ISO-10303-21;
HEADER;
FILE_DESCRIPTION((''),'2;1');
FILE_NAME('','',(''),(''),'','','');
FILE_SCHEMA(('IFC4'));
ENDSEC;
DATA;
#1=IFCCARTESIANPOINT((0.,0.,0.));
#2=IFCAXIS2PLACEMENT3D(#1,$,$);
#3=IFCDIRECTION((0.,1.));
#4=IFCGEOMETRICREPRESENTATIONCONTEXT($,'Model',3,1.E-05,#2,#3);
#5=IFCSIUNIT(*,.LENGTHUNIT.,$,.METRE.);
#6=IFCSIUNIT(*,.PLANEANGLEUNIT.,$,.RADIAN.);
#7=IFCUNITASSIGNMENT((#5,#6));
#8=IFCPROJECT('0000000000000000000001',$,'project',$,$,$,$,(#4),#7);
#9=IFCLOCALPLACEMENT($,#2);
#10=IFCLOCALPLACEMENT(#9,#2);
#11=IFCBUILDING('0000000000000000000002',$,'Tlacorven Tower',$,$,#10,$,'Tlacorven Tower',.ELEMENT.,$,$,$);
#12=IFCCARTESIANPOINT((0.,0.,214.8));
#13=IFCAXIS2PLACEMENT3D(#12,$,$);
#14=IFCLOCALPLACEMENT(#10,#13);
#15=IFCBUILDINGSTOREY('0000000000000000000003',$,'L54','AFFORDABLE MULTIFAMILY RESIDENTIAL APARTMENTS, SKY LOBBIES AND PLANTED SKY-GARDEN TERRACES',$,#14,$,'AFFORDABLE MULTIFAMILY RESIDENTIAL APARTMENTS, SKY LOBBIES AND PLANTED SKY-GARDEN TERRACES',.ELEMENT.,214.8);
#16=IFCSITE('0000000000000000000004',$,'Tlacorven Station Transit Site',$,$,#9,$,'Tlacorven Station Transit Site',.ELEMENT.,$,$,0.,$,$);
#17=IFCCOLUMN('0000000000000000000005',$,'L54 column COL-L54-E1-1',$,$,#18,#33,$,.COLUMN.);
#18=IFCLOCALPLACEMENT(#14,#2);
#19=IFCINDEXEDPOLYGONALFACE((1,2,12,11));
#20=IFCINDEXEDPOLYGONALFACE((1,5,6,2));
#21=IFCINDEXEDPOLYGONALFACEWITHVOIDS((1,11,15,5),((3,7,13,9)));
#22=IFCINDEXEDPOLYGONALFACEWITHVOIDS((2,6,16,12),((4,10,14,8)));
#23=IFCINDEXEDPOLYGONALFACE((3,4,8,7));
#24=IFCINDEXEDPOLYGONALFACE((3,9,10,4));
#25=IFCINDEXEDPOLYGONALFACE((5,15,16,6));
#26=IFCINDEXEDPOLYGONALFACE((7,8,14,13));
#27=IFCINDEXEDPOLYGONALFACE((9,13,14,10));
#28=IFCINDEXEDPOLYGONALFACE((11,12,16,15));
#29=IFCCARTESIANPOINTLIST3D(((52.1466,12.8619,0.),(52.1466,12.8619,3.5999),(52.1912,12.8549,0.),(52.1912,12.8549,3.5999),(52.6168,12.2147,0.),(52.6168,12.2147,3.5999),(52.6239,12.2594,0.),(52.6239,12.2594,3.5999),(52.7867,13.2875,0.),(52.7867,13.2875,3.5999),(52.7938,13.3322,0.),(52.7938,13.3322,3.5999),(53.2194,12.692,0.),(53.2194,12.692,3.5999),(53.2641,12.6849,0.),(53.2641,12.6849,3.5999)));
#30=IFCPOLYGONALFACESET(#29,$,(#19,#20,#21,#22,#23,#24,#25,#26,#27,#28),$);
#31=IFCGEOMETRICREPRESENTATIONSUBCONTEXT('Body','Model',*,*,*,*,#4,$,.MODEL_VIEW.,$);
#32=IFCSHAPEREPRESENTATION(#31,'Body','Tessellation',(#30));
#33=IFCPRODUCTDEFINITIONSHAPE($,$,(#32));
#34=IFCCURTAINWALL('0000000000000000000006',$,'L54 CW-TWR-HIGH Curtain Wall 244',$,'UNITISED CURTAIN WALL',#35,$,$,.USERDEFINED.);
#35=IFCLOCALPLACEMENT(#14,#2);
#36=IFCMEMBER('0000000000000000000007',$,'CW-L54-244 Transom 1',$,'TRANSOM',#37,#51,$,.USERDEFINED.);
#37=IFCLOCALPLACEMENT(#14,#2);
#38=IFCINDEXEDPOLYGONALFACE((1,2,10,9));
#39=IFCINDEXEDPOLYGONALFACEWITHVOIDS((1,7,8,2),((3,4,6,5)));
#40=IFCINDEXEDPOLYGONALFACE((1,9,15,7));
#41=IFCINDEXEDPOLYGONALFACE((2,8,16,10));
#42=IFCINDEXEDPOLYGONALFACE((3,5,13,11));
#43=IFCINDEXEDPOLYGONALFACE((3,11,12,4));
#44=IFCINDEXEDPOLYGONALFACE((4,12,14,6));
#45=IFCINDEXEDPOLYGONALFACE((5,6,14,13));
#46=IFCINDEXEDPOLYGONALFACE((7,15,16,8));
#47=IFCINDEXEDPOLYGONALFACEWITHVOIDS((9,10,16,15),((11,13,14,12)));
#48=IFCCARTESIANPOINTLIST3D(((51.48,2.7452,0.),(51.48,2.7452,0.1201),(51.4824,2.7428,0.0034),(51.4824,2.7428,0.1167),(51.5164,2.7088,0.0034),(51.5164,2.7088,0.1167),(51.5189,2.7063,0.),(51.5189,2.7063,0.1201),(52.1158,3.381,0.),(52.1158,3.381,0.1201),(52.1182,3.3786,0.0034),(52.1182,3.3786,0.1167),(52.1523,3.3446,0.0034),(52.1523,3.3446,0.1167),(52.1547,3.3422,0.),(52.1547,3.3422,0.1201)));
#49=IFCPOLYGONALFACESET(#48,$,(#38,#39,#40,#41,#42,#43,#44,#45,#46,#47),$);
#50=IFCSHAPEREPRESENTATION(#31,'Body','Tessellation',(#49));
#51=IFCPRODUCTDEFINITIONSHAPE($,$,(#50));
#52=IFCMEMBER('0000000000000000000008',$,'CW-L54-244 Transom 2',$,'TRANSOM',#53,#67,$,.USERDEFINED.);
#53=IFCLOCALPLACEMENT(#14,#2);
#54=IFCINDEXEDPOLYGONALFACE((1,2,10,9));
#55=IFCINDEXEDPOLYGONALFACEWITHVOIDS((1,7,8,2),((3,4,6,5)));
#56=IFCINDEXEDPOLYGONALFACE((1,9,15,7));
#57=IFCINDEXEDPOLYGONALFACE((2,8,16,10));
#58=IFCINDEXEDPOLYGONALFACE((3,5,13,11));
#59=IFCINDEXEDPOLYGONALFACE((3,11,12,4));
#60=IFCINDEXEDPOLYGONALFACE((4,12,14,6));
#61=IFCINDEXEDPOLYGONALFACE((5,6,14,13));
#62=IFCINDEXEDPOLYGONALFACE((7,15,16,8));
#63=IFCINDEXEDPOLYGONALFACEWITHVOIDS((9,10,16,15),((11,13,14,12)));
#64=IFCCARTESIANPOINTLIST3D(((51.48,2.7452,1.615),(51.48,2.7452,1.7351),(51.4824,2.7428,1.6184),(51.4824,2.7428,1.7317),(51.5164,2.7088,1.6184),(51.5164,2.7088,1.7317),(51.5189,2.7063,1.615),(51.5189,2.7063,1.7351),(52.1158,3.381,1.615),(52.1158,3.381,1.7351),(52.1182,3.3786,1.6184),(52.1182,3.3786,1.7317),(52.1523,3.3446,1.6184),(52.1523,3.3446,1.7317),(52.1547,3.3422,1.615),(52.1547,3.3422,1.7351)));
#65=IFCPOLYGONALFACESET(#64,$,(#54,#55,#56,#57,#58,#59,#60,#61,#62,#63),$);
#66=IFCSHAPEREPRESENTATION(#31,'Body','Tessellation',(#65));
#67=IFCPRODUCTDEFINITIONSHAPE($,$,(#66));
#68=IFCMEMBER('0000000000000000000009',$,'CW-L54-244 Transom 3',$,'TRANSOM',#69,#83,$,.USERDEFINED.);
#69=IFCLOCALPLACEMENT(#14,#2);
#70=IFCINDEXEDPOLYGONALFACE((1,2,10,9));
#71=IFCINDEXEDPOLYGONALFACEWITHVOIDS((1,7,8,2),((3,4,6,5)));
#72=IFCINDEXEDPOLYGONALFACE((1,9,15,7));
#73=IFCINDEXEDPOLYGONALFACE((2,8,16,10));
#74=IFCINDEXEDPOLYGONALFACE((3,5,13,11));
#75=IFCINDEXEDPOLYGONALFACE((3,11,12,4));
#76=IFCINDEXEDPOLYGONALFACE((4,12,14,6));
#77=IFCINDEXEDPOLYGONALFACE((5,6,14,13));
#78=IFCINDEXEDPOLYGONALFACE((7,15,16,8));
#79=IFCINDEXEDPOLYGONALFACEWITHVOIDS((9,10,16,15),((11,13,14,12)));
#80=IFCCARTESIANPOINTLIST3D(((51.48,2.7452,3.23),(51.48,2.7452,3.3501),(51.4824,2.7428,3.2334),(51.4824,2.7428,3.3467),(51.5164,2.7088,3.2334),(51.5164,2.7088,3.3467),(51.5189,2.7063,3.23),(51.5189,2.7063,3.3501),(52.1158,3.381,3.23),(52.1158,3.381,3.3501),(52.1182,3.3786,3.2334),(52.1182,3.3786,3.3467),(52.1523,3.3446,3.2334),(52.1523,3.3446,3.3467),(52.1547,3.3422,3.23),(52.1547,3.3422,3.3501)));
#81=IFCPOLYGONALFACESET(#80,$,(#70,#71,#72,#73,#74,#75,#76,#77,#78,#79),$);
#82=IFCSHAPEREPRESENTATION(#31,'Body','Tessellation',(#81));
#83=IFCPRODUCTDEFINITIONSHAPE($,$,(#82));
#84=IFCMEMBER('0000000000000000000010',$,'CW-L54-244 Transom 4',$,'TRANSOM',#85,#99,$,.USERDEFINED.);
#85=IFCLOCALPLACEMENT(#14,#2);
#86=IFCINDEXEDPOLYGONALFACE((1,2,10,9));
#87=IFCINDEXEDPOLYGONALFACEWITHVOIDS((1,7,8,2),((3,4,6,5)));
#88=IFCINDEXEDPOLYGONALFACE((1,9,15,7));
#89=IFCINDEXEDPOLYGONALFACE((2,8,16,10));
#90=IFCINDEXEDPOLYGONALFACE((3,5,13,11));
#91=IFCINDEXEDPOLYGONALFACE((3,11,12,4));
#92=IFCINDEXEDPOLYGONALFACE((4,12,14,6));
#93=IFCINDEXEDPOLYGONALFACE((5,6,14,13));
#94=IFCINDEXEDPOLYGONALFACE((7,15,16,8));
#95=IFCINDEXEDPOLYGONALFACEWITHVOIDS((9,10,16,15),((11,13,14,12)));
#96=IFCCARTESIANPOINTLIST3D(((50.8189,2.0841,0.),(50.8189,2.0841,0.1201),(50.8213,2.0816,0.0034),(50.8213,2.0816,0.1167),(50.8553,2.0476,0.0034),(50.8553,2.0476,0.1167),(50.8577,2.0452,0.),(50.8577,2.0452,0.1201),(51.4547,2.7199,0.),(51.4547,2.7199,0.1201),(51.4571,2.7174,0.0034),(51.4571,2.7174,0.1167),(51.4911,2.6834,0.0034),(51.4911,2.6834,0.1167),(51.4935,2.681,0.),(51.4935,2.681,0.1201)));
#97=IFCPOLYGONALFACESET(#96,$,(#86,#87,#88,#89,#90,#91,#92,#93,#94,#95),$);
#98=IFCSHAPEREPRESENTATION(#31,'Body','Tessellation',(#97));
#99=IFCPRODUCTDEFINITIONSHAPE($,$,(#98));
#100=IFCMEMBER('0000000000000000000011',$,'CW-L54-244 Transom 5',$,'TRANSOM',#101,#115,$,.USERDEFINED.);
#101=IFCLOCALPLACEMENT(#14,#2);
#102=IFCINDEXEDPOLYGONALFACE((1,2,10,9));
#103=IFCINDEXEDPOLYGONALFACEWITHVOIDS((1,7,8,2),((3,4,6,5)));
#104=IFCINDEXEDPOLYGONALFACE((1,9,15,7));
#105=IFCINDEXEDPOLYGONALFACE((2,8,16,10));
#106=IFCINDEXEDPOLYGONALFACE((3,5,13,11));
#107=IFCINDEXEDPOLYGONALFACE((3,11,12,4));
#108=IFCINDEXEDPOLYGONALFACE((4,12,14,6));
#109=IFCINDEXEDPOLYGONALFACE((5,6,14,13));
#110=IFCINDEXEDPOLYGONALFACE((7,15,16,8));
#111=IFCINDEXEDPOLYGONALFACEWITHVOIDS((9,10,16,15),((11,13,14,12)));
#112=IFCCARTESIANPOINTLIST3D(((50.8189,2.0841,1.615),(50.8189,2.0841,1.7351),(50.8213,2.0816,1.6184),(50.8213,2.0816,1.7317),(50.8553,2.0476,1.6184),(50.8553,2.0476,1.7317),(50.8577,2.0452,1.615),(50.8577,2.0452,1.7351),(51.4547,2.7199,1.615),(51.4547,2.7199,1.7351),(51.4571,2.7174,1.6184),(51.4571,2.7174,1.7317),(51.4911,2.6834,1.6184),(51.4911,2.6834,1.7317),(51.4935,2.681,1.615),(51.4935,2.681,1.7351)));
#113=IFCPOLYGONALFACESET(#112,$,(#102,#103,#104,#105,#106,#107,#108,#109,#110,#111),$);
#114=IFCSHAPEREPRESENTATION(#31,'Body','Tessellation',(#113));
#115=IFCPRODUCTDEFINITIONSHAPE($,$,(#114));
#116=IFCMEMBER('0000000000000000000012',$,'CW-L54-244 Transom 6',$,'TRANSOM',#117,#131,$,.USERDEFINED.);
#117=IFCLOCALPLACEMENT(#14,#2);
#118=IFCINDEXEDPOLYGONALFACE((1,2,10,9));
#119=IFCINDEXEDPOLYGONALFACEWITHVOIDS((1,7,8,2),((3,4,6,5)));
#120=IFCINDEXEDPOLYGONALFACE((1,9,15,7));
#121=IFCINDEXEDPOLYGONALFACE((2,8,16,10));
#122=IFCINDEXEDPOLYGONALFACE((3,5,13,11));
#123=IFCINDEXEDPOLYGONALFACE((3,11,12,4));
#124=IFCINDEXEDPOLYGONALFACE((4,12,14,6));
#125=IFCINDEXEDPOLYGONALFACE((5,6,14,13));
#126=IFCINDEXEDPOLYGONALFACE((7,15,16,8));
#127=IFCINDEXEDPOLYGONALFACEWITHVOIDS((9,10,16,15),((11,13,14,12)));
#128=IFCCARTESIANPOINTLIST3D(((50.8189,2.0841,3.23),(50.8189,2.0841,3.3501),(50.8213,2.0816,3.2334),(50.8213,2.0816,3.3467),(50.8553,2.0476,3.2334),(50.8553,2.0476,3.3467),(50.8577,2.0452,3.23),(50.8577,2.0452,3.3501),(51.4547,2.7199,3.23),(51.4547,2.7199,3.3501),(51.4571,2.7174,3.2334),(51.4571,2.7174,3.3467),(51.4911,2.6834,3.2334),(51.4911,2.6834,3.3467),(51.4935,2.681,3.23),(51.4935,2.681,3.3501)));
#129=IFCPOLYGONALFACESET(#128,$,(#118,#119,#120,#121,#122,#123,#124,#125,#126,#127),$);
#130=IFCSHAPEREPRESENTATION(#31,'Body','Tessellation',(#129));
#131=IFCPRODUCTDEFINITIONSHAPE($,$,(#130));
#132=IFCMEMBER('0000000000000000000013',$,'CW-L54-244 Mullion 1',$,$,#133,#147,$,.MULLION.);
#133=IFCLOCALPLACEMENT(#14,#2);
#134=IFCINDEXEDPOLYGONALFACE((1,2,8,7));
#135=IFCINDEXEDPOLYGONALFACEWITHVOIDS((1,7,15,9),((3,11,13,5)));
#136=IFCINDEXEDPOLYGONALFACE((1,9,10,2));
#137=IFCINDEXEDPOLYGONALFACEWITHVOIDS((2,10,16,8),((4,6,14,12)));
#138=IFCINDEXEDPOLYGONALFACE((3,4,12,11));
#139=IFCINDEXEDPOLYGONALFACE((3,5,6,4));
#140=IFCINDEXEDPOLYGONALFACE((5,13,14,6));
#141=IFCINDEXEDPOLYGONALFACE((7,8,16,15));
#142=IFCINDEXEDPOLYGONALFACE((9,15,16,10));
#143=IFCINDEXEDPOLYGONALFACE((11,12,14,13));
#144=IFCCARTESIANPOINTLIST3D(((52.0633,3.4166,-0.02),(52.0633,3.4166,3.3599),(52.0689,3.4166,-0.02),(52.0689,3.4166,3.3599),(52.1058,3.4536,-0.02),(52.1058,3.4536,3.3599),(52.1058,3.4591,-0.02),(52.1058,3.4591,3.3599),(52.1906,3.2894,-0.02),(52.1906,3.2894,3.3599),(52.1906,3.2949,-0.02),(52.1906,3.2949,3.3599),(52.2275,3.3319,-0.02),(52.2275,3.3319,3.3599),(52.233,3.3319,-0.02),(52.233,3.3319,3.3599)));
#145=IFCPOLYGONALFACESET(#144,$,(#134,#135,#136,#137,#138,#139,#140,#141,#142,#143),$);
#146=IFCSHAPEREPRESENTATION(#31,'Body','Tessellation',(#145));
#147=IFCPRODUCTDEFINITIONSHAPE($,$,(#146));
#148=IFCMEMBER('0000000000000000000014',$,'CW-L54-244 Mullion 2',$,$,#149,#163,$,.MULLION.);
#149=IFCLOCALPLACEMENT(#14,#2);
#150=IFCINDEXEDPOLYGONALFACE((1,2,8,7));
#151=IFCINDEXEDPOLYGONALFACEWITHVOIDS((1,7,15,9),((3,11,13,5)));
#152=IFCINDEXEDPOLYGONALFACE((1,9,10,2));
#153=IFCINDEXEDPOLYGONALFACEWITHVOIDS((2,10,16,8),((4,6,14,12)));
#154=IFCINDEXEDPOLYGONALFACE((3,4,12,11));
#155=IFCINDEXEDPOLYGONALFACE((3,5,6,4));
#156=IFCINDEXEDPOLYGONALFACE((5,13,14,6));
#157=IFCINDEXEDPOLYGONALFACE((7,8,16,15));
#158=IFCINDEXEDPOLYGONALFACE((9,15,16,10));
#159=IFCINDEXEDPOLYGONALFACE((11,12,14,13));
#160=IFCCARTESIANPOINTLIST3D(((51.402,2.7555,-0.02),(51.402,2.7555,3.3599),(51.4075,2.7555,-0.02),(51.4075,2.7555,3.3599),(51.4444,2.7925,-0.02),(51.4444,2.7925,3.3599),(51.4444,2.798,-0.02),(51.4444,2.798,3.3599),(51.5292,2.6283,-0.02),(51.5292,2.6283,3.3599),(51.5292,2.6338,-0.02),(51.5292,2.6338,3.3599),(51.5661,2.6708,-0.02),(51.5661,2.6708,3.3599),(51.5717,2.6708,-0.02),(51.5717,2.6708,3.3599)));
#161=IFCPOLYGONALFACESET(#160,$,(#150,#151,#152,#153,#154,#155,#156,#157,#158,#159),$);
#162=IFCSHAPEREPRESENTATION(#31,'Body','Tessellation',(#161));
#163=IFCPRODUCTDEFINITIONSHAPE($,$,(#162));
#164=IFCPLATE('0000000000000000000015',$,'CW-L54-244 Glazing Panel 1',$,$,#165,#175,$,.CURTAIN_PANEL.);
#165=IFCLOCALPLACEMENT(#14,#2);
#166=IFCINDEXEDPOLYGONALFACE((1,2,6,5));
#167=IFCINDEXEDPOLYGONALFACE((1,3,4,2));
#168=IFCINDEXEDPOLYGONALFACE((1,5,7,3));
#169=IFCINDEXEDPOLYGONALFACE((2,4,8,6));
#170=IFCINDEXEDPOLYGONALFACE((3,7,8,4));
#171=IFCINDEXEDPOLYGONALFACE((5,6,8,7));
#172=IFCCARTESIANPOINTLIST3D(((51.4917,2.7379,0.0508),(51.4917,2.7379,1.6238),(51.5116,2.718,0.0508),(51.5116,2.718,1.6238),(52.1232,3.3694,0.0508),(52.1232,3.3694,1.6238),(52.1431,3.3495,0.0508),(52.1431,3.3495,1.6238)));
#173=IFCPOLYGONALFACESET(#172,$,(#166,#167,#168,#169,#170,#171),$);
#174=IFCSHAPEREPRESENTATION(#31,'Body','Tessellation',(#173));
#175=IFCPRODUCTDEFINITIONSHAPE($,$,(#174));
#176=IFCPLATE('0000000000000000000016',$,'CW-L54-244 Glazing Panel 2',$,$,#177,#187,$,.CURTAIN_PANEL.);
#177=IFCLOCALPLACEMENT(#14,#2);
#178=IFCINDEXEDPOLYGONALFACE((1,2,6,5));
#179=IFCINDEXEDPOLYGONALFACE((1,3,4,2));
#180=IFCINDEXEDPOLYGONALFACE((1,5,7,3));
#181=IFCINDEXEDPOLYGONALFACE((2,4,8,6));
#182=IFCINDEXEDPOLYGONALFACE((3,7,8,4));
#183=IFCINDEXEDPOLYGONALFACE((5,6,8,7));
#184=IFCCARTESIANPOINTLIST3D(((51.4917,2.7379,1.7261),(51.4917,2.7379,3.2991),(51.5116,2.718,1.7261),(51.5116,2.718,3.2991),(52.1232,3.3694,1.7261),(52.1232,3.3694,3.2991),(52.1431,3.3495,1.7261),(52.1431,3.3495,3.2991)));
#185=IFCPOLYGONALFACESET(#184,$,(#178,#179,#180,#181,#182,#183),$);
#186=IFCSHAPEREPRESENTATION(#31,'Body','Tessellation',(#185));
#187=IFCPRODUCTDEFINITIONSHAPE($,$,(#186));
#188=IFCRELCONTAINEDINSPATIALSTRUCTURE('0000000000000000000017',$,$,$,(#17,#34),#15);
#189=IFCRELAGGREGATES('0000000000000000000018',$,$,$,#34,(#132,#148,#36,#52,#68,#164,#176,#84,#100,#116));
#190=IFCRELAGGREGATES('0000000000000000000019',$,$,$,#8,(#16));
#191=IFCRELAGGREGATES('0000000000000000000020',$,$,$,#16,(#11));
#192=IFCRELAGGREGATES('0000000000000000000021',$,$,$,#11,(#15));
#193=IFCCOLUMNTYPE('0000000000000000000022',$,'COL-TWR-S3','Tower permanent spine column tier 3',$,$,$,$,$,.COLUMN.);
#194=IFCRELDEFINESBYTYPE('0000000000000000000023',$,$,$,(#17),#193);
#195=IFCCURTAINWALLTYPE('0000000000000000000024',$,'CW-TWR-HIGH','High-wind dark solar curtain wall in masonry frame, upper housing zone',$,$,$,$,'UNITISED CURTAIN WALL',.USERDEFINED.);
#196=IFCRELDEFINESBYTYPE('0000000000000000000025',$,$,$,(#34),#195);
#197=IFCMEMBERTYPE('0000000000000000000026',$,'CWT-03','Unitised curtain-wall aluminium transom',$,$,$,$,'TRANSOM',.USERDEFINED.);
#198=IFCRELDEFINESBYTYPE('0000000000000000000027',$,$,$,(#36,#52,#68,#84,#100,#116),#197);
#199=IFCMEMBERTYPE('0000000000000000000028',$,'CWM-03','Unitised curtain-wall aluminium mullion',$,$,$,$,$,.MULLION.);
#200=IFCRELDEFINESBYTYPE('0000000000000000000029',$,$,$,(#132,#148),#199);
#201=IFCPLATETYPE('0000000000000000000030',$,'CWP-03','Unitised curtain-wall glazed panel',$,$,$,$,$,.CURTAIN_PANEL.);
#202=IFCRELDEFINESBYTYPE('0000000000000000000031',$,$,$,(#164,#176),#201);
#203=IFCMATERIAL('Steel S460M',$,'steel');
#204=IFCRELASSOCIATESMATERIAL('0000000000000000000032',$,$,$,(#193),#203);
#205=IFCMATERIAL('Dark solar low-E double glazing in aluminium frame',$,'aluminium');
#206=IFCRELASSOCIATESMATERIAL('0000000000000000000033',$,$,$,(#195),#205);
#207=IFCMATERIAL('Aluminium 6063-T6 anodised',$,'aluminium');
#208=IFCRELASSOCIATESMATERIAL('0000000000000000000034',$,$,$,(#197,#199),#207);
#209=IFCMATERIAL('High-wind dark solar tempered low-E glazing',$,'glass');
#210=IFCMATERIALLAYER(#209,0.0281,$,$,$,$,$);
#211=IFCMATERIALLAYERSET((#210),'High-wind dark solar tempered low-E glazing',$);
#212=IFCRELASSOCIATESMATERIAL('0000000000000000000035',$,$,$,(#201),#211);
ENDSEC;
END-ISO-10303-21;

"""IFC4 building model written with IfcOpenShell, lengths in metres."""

from ifc_helpers import new_model, si_unit, direction, frame, origin, origin_2d, place, context, subcontext, project, spatial, rectangle, hollow_rectangle, extrude, source, transform, mapped, material, layer, layer_set, material_profile, profile_set, type_object, element, aggregate, save


model = new_model("IFC4")

# Units and contexts
model_context = context("Model", 3, precision=1e-05, world=origin(), true_north=direction((0.0, 1.0)))
body_context = subcontext(model_context, "Body", "Model", "MODEL_VIEW")
ifc_project = project(units=[si_unit("LENGTHUNIT", "METRE"), si_unit("PLANEANGLEUNIT", "RADIAN")], contexts=[model_context])

# Site, building, storey
site_placement = place(None, origin())
site = spatial("IfcSite", under=ifc_project, at=site_placement, Name="Tlacorven Station Transit Site", LongName="Tlacorven Station Transit Site", CompositionType="ELEMENT", RefElevation=0.0)
building_placement = place(site_placement, origin())
building = spatial("IfcBuilding", under=site, at=building_placement, Name="Tlacorven Tower", LongName="Tlacorven Tower", CompositionType="ELEMENT")
storey_placement = place(building_placement, frame((0.0, 0.0, 214.8)))
storey = spatial("IfcBuildingStorey", under=building, at=storey_placement, Name="L54", Description="AFFORDABLE MULTIFAMILY RESIDENTIAL APARTMENTS, SKY LOBBIES AND PLANTED SKY-GARDEN TERRACES", LongName="AFFORDABLE MULTIFAMILY RESIDENTIAL APARTMENTS, SKY LOBBIES AND PLANTED SKY-GARDEN TERRACES", CompositionType="ELEMENT", Elevation=214.8)

# Column
ifc_material_1 = material(Name="Steel S460M", Category="steel")
ifc_material_profile_1 = material_profile(ifc_material_1, hollow_rectangle(XDim=0.8, YDim=0.8, WallThickness=0.032, at=origin_2d()), Name="BOX 800X800X32")
ifc_profile_set_1 = profile_set([ifc_material_profile_1], Name="Steel S460M")
column_type = type_object("IfcColumnType", Name="COL-TWR-S3", Description="Tower permanent spine column tier 3", PredefinedType="COLUMN", material=ifc_profile_set_1)
shared_shape_1 = source(origin(), body_context, "Body", "SweptSolid", [
    extrude(hollow_rectangle(XDim=0.8, YDim=0.8, WallThickness=0.032, at=origin_2d()), origin(), (0.0, 0.0, 1.0), 3.5999),
])
column_placement = place(storey_placement, frame((52.7053, 12.7734, 0.0), z_axis=(0.0, 0.0, 1.0), x_axis=(0.809017, 0.587785, 0.0)))
element("IfcColumn", 1, at=column_placement, inside=storey, type_object=column_type, Name="L54 column COL-L54-E1-1", PredefinedType="COLUMN", context=body_context, shape_type="MappedRepresentation", body=[
    mapped(shared_shape_1, transform((0.0, 0.0, 0.0), scale=1.0)),
])

# Curtain wall, members, plates
ifc_material_2 = material(Name="Dark solar low-E double glazing in aluminium frame", Category="aluminium")
curtain_wall_type = type_object("IfcCurtainWallType", Name="CW-TWR-HIGH", Description="High-wind dark solar curtain wall in masonry frame, upper housing zone", ElementType="UNITISED CURTAIN WALL", PredefinedType="USERDEFINED", material=ifc_material_2)
curtain_wall_placement = place(storey_placement, origin())
curtain_wall = element("IfcCurtainWall", 2, at=curtain_wall_placement, inside=storey, type_object=curtain_wall_type, Name="L54 CW-TWR-HIGH Curtain Wall 244", ObjectType="UNITISED CURTAIN WALL", PredefinedType="USERDEFINED")
ifc_material_3 = material(Name="Aluminium 6063-T6 anodised", Category="aluminium")
ifc_material_profile_2 = material_profile(ifc_material_3, hollow_rectangle(XDim=0.0549, YDim=0.1201, WallThickness=0.0034, at=origin_2d()), Name="ALU TRANSOM 55X120")
ifc_profile_set_2 = profile_set([ifc_material_profile_2], Name="Aluminium 6063-T6 anodised")
member_type_1 = type_object("IfcMemberType", Name="CWT-03", Description="Unitised curtain-wall aluminium transom", ElementType="TRANSOM", PredefinedType="USERDEFINED", material=ifc_profile_set_2)
shared_shape_2 = source(origin(), body_context, "Body", "SweptSolid", [
    extrude(hollow_rectangle(XDim=0.0549, YDim=0.1201, WallThickness=0.0034, at=origin_2d()), origin(), (0.0, 0.0, 1.0), 0.8992),
])
member_1_placement = place(storey_placement, frame((52.1353, 3.3616, 0.0601), z_axis=(-0.707107, -0.707107, 0.0), x_axis=(0.707107, -0.707107, 0.0)))
member_1 = element("IfcMember", 3, at=member_1_placement, type_object=member_type_1, Name="CW-L54-244 Transom 1", ObjectType="TRANSOM", PredefinedType="USERDEFINED", context=body_context, shape_type="MappedRepresentation", body=[
    mapped(shared_shape_2, transform((0.0, 0.0, 0.0), scale=1.0)),
])
member_2_placement = place(storey_placement, frame((52.1353, 3.3616, 1.675), z_axis=(-0.707107, -0.707107, 0.0), x_axis=(0.707107, -0.707107, 0.0)))
member_2 = element("IfcMember", 4, at=member_2_placement, type_object=member_type_1, Name="CW-L54-244 Transom 2", ObjectType="TRANSOM", PredefinedType="USERDEFINED", context=body_context, shape_type="MappedRepresentation", body=[
    mapped(shared_shape_2, transform((0.0, 0.0, 0.0), scale=1.0)),
])
member_3_placement = place(storey_placement, frame((52.1353, 3.3616, 3.29), z_axis=(-0.707107, -0.707107, 0.0), x_axis=(0.707107, -0.707107, 0.0)))
member_3 = element("IfcMember", 5, at=member_3_placement, type_object=member_type_1, Name="CW-L54-244 Transom 3", ObjectType="TRANSOM", PredefinedType="USERDEFINED", context=body_context, shape_type="MappedRepresentation", body=[
    mapped(shared_shape_2, transform((0.0, 0.0, 0.0), scale=1.0)),
])
member_4_placement = place(storey_placement, frame((51.4741, 2.7004, 0.0601), z_axis=(-0.707107, -0.707107, 0.0), x_axis=(0.707107, -0.707107, 0.0)))
member_4 = element("IfcMember", 6, at=member_4_placement, type_object=member_type_1, Name="CW-L54-244 Transom 4", ObjectType="TRANSOM", PredefinedType="USERDEFINED", context=body_context, shape_type="MappedRepresentation", body=[
    mapped(shared_shape_2, transform((0.0, 0.0, 0.0), scale=1.0)),
])
member_5_placement = place(storey_placement, frame((51.4741, 2.7004, 1.675), z_axis=(-0.707107, -0.707107, 0.0), x_axis=(0.707107, -0.707107, 0.0)))
member_5 = element("IfcMember", 7, at=member_5_placement, type_object=member_type_1, Name="CW-L54-244 Transom 5", ObjectType="TRANSOM", PredefinedType="USERDEFINED", context=body_context, shape_type="MappedRepresentation", body=[
    mapped(shared_shape_2, transform((0.0, 0.0, 0.0), scale=1.0)),
])
member_6_placement = place(storey_placement, frame((51.4741, 2.7004, 3.29), z_axis=(-0.707107, -0.707107, 0.0), x_axis=(0.707107, -0.707107, 0.0)))
member_6 = element("IfcMember", 8, at=member_6_placement, type_object=member_type_1, Name="CW-L54-244 Transom 6", ObjectType="TRANSOM", PredefinedType="USERDEFINED", context=body_context, shape_type="MappedRepresentation", body=[
    mapped(shared_shape_2, transform((0.0, 0.0, 0.0), scale=1.0)),
])
ifc_material_profile_3 = material_profile(ifc_material_3, hollow_rectangle(XDim=0.0601, YDim=0.1799, WallThickness=0.0039, at=origin_2d()), Name="ALU MULLION 60X180")
ifc_profile_set_3 = profile_set([ifc_material_profile_3], Name="Aluminium 6063-T6 anodised")
member_type_2 = type_object("IfcMemberType", Name="CWM-03", Description="Unitised curtain-wall aluminium mullion", PredefinedType="MULLION", material=ifc_profile_set_3)
shared_shape_3 = source(origin(), body_context, "Body", "SweptSolid", [
    extrude(hollow_rectangle(XDim=0.0601, YDim=0.1799, WallThickness=0.0039, at=origin_2d()), origin(), (0.0, 0.0, 1.0), 3.3799),
])
member_7_placement = place(storey_placement, frame((52.1482, 3.3743, -0.02), z_axis=(0.0, 0.0, 1.0), x_axis=(-0.707107, -0.707107, 0.0)))
member_7 = element("IfcMember", 9, at=member_7_placement, type_object=member_type_2, Name="CW-L54-244 Mullion 1", PredefinedType="MULLION", context=body_context, shape_type="MappedRepresentation", body=[
    mapped(shared_shape_3, transform((0.0, 0.0, 0.0), scale=1.0)),
])
member_8_placement = place(storey_placement, frame((51.4868, 2.7131, -0.02), z_axis=(0.0, 0.0, 1.0), x_axis=(-0.707107, -0.707107, 0.0)))
member_8 = element("IfcMember", 10, at=member_8_placement, type_object=member_type_2, Name="CW-L54-244 Mullion 2", PredefinedType="MULLION", context=body_context, shape_type="MappedRepresentation", body=[
    mapped(shared_shape_3, transform((0.0, 0.0, 0.0), scale=1.0)),
])
ifc_material_4 = material(Name="High-wind dark solar tempered low-E glazing", Category="glass")
ifc_layer_1 = layer(ifc_material_4, 0.0281)
ifc_layer_set_1 = layer_set([ifc_layer_1], Name="High-wind dark solar tempered low-E glazing")
plate_type = type_object("IfcPlateType", Name="CWP-03", Description="Unitised curtain-wall glazed panel", PredefinedType="CURTAIN_PANEL", material=ifc_layer_set_1)
shared_shape_4 = source(origin(), body_context, "Body", "SweptSolid", [
    extrude(rectangle(XDim=0.8931, YDim=0.0281, at=origin_2d()), origin(), (0.0, 0.0, 1.0), 1.573),
])
plate_1_placement = place(storey_placement, frame((51.8174, 3.0437, 0.0508), z_axis=(0.0, 0.0, 1.0), x_axis=(-0.707107, -0.707107, 0.0)))
plate_1 = element("IfcPlate", 11, at=plate_1_placement, type_object=plate_type, Name="CW-L54-244 Glazing Panel 1", PredefinedType="CURTAIN_PANEL", context=body_context, shape_type="MappedRepresentation", body=[
    mapped(shared_shape_4, transform((0.0, 0.0, 0.0), scale=1.0)),
])
plate_2_placement = place(storey_placement, frame((51.8174, 3.0437, 1.7261), z_axis=(0.0, 0.0, 1.0), x_axis=(-0.707107, -0.707107, 0.0)))
plate_2 = element("IfcPlate", 12, at=plate_2_placement, type_object=plate_type, Name="CW-L54-244 Glazing Panel 2", PredefinedType="CURTAIN_PANEL", context=body_context, shape_type="MappedRepresentation", body=[
    mapped(shared_shape_4, transform((0.0, 0.0, 0.0), scale=1.0)),
])
aggregate(curtain_wall, [member_7, member_8, member_1, member_2, member_3, plate_1, plate_2, member_4, member_5, member_6])

save(model, "model.ifc")
